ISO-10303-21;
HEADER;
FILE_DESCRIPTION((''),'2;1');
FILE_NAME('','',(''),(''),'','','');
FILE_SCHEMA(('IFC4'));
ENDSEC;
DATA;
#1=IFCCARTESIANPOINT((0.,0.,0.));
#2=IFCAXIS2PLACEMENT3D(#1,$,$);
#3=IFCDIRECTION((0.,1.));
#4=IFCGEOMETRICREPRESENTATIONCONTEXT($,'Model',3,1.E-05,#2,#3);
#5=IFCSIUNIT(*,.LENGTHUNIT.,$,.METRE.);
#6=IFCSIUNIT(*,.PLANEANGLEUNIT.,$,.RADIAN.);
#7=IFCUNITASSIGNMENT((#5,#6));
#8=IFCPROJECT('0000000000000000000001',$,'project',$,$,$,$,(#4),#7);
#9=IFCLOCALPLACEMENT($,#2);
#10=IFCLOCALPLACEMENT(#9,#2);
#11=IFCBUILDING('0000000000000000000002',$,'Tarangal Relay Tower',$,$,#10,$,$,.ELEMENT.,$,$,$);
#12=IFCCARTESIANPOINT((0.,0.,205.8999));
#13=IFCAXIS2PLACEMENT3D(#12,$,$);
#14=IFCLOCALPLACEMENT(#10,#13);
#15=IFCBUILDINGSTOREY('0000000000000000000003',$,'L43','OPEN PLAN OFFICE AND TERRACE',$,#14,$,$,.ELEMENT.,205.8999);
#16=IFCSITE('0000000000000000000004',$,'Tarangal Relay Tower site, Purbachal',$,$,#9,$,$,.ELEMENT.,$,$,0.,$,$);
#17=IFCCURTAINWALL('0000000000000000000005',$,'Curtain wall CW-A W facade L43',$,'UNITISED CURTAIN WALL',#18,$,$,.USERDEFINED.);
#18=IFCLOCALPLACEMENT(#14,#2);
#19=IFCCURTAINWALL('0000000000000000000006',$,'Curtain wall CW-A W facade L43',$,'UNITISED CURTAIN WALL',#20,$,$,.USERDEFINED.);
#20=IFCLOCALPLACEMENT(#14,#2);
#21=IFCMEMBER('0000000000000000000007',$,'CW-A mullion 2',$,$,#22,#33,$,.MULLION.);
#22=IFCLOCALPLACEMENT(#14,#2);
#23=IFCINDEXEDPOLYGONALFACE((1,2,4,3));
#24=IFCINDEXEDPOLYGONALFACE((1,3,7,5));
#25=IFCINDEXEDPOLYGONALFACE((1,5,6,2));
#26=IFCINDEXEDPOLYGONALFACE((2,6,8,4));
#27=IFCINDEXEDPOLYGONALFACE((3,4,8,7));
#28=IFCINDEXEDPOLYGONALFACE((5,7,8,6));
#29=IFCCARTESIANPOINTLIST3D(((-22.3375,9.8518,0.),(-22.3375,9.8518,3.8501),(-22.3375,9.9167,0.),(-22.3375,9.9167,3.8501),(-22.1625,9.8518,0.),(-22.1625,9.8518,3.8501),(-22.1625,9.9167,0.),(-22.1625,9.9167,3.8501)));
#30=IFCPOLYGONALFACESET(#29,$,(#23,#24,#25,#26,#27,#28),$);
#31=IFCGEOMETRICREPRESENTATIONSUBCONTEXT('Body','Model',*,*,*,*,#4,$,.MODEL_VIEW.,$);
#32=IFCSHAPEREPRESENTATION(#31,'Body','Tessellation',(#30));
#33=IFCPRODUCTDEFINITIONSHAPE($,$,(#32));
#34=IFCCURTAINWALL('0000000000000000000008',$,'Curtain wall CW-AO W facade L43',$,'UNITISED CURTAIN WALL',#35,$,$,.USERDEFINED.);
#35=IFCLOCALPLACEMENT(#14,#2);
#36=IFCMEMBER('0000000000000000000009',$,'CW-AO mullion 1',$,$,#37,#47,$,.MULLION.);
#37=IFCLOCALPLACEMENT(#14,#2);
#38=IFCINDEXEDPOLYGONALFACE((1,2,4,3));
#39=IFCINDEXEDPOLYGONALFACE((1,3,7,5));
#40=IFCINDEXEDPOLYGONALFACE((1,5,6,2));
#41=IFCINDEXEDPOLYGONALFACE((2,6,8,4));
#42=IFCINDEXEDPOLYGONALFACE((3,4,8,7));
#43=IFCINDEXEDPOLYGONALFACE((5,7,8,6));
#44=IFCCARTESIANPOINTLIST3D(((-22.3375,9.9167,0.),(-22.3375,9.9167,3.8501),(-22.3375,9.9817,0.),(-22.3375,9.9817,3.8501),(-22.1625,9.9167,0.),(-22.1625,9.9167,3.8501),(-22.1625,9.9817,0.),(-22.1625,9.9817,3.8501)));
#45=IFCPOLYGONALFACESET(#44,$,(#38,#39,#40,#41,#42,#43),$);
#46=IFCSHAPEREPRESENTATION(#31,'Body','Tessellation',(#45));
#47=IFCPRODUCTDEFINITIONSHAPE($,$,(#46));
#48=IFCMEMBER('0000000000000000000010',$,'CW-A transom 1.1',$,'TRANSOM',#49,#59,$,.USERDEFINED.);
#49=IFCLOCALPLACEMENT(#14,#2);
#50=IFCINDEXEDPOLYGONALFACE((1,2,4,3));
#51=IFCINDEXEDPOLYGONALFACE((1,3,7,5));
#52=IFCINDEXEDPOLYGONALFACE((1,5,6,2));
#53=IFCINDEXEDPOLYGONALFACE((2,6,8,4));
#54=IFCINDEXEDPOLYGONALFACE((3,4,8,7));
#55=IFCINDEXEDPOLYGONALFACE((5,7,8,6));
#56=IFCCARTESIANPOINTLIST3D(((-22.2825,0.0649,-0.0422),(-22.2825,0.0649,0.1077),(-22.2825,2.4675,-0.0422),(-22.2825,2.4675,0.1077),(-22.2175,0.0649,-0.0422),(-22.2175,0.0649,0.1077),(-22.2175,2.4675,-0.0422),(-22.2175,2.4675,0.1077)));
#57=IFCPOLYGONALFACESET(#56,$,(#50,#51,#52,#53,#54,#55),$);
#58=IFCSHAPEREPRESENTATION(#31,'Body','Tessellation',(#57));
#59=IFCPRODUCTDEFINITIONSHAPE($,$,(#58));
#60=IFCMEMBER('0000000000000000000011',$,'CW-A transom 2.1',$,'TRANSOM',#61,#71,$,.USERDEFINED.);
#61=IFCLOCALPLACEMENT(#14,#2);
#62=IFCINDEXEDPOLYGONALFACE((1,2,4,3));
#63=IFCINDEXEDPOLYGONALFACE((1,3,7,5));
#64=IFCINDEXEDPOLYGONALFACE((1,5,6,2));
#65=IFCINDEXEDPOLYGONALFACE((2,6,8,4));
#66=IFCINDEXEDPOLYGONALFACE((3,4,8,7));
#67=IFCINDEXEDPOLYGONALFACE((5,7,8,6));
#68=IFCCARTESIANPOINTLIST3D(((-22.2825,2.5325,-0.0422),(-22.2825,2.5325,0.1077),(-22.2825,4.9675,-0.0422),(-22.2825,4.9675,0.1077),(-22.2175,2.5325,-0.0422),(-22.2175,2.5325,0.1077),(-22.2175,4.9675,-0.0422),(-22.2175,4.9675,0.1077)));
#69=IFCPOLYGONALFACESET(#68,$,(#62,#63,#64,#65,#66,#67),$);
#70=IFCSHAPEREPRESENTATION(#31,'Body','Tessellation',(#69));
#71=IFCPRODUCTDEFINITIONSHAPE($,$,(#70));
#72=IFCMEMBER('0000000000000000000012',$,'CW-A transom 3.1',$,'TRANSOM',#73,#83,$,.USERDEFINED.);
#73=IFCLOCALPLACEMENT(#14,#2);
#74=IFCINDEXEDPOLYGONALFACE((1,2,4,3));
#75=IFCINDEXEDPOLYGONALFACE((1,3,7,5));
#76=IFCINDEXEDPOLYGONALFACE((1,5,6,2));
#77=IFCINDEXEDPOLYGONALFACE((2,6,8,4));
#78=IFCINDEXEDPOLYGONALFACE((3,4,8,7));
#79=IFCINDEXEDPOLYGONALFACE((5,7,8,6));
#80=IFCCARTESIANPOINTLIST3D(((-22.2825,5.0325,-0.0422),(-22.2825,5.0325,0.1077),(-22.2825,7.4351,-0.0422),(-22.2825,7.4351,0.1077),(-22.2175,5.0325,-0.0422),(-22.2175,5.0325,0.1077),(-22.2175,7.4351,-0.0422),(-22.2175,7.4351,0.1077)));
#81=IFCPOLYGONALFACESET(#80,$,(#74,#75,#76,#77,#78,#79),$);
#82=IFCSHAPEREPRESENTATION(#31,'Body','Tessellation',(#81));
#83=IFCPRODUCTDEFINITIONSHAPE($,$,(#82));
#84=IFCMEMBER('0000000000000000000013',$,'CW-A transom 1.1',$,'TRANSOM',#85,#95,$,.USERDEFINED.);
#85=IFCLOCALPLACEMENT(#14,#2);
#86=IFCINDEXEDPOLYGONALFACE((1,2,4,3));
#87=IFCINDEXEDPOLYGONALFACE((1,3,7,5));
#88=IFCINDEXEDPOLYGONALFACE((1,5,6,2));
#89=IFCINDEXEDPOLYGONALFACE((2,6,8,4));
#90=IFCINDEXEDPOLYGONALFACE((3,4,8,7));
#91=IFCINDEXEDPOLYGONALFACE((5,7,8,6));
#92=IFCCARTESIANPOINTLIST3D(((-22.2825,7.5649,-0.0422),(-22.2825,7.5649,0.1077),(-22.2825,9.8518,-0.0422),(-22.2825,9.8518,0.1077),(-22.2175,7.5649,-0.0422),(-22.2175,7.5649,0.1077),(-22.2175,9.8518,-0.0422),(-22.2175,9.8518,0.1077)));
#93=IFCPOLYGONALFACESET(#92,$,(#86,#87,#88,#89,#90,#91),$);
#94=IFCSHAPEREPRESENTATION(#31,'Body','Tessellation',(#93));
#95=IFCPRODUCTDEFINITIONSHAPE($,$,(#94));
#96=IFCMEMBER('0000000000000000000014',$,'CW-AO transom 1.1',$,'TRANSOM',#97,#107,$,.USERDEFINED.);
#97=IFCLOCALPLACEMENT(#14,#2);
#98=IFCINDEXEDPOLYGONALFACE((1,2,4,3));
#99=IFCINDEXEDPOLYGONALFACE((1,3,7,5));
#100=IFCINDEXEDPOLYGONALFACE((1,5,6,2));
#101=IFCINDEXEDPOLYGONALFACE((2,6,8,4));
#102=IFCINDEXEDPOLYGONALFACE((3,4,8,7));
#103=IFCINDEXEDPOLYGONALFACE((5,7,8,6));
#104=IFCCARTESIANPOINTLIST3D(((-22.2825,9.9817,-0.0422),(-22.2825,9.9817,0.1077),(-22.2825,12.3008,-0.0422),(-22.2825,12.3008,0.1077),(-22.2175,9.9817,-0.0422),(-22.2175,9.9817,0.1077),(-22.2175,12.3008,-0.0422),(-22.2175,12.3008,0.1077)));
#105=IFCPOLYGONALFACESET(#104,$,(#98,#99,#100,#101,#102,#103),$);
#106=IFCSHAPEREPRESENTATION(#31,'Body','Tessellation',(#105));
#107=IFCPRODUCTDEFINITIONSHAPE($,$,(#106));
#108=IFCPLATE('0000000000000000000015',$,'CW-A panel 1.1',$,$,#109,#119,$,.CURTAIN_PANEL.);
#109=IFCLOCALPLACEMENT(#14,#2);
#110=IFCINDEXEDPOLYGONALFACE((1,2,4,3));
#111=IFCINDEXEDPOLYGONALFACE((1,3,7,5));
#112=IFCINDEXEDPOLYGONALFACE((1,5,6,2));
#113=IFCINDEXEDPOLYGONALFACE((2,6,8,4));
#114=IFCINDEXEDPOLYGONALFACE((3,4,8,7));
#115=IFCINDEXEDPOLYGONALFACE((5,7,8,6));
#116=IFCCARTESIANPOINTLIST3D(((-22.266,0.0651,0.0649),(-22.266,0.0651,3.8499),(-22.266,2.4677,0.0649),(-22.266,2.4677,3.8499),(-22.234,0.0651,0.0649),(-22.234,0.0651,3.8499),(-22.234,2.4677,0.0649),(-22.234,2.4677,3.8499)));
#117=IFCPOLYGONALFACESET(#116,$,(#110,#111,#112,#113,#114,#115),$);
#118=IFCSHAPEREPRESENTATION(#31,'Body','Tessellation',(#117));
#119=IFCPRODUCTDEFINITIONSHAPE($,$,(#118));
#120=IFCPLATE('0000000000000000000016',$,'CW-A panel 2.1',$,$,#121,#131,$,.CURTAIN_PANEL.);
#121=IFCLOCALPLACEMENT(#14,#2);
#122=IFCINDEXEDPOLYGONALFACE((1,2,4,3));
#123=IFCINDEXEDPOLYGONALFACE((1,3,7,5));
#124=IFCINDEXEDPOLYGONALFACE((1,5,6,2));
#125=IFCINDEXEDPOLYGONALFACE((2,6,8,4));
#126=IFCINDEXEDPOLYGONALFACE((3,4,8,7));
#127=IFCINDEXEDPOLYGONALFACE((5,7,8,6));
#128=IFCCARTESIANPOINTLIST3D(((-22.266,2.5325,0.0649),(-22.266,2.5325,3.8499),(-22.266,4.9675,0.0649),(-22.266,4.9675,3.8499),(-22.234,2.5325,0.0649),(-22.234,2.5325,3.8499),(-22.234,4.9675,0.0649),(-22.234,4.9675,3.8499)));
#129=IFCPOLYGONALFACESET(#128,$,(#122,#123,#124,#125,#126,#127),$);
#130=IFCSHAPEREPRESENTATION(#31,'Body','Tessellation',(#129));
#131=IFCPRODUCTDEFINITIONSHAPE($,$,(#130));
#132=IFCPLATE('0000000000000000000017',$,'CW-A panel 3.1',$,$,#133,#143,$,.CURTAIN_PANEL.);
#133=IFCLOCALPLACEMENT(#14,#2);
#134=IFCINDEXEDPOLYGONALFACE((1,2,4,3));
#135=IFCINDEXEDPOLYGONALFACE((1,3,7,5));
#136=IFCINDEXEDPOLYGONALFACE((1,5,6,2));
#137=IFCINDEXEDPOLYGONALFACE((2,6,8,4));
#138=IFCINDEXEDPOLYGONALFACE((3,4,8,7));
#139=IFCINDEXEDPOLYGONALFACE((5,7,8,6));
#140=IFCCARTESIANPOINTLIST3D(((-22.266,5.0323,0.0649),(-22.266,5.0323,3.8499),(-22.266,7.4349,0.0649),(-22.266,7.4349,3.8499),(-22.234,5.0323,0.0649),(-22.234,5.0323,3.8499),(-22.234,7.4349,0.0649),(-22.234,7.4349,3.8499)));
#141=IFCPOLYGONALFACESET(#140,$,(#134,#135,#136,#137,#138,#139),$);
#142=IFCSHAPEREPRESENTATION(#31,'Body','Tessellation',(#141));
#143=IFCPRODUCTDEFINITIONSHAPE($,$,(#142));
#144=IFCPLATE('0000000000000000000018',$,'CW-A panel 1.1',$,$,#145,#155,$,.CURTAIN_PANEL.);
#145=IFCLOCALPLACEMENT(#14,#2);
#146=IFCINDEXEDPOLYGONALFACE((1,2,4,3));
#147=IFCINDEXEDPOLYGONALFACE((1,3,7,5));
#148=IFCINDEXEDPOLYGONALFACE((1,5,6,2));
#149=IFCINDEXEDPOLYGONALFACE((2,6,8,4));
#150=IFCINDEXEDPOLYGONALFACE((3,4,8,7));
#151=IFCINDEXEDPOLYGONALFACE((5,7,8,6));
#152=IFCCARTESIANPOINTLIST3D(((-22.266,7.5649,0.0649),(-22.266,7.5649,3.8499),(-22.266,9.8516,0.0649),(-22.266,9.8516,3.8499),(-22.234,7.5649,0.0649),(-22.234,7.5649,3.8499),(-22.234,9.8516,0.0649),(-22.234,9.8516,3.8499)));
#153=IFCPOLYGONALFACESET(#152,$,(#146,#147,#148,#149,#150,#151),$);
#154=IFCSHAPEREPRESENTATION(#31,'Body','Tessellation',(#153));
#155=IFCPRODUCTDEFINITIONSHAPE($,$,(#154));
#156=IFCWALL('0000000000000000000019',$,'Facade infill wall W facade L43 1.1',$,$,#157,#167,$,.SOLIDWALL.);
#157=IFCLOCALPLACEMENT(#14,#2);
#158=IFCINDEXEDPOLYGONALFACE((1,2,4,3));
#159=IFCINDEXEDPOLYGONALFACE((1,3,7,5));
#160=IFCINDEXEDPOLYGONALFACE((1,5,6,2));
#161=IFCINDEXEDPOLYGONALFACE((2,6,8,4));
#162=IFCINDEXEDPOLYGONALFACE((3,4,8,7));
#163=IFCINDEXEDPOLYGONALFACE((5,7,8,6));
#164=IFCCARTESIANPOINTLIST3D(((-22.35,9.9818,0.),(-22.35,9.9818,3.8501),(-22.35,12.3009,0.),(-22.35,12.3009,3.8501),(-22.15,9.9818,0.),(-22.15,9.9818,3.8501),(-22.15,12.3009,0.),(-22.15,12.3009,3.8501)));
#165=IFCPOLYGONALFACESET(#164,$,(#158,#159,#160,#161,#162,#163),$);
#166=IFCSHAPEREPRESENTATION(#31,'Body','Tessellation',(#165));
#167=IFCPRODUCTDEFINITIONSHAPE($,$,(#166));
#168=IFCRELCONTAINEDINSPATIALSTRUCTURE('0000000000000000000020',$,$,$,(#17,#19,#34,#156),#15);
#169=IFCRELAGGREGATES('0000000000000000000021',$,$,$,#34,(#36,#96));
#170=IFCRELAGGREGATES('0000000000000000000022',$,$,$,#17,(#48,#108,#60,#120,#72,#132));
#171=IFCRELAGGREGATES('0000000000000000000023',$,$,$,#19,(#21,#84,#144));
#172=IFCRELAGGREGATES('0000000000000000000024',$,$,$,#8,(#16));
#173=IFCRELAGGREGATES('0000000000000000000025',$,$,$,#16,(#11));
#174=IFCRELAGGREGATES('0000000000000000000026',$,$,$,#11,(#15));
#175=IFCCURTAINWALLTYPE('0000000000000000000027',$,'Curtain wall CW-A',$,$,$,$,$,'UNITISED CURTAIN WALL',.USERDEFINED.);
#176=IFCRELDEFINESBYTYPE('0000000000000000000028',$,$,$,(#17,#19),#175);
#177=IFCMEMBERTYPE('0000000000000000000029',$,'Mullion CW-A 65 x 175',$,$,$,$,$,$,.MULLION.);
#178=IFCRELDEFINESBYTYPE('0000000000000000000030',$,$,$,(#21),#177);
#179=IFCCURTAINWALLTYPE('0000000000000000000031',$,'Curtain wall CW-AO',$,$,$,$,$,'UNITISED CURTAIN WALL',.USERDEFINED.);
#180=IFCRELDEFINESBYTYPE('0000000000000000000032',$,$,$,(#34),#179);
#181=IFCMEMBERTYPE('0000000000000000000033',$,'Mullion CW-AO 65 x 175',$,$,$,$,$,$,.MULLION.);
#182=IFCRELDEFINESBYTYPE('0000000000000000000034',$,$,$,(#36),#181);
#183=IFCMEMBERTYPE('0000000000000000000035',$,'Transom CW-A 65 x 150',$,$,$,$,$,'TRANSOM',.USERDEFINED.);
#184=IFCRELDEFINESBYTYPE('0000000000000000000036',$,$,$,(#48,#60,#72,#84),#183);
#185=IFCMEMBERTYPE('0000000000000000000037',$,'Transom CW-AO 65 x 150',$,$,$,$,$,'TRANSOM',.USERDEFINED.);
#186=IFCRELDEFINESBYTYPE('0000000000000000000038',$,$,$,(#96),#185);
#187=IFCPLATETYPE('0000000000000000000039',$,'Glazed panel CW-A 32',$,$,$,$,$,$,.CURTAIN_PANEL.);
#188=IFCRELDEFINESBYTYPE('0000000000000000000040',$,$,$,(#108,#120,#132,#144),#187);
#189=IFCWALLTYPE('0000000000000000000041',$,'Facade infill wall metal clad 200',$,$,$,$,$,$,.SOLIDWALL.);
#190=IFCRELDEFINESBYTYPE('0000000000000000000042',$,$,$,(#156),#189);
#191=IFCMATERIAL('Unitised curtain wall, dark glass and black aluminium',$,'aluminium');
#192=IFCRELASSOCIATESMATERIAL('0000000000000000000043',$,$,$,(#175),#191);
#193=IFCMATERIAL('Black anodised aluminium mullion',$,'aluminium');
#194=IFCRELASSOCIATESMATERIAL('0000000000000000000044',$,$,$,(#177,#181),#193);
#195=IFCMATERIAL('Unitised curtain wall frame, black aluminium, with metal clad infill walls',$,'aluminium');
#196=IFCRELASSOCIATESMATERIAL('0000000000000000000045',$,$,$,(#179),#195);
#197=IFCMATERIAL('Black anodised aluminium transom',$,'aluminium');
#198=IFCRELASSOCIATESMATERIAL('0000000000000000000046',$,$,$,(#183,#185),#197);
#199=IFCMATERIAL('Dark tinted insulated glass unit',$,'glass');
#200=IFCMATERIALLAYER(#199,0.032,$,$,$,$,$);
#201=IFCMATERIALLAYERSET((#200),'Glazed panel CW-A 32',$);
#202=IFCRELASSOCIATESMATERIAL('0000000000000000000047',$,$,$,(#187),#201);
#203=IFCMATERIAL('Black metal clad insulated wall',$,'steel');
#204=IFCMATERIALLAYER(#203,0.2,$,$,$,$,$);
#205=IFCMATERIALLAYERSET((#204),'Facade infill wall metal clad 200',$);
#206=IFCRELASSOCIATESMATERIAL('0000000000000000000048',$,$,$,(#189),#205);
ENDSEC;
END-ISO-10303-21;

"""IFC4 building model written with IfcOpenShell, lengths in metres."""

from ifc_helpers import new_model, si_unit, direction, frame, frame_2d, origin, origin_2d, place, context, subcontext, project, spatial, rectangle, extrude, material, layer, layer_set, material_profile, profile_set, type_object, element, aggregate, save


model = new_model("IFC4")

# Units and contexts
model_context = context("Model", 3, precision=1e-05, world=origin(), true_north=direction((0.0, 1.0)))
body_context = subcontext(model_context, "Body", "Model", "MODEL_VIEW")
ifc_project = project(units=[si_unit("LENGTHUNIT", "METRE"), si_unit("PLANEANGLEUNIT", "RADIAN")], contexts=[model_context])

# Site, building, storey
site_placement = place(None, origin())
site = spatial("IfcSite", under=ifc_project, at=site_placement, Name="Tarangal Relay Tower site, Purbachal", CompositionType="ELEMENT", RefElevation=0.0)
building_placement = place(site_placement, origin())
building = spatial("IfcBuilding", under=site, at=building_placement, Name="Tarangal Relay Tower", CompositionType="ELEMENT")
storey_placement = place(building_placement, frame((0.0, 0.0, 205.8999)))
storey = spatial("IfcBuildingStorey", under=building, at=storey_placement, Name="L43", Description="OPEN PLAN OFFICE AND TERRACE", CompositionType="ELEMENT", Elevation=205.8999)

# Curtain walls, member
ifc_material_1 = material(Name="Unitised curtain wall, dark glass and black aluminium", Category="aluminium")
curtain_wall_type_1 = type_object("IfcCurtainWallType", Name="Curtain wall CW-A", ElementType="UNITISED CURTAIN WALL", PredefinedType="USERDEFINED", material=ifc_material_1)
curtain_wall_1_placement = place(storey_placement, origin())
curtain_wall_1 = element("IfcCurtainWall", 1, at=curtain_wall_1_placement, inside=storey, type_object=curtain_wall_type_1, Name="Curtain wall CW-A W facade L43", ObjectType="UNITISED CURTAIN WALL", PredefinedType="USERDEFINED")
ifc_material_2 = material(Name="Black anodised aluminium mullion", Category="aluminium")
ifc_material_profile_1 = material_profile(ifc_material_2, rectangle(XDim=0.175, YDim=0.0649, at=origin_2d()), Name="CW-AM 65X175")
ifc_profile_set_1 = profile_set([ifc_material_profile_1], Name="Black anodised aluminium mullion")
member_type_1 = type_object("IfcMemberType", Name="Mullion CW-A 65 x 175", PredefinedType="MULLION", material=ifc_profile_set_1)
curtain_wall_2_placement = place(storey_placement, origin())
curtain_wall_2 = element("IfcCurtainWall", 2, at=curtain_wall_2_placement, inside=storey, type_object=curtain_wall_type_1, Name="Curtain wall CW-A W facade L43", ObjectType="UNITISED CURTAIN WALL", PredefinedType="USERDEFINED")
member_1_placement = place(storey_placement, frame((-22.25, 9.8843, 0.0), z_axis=(0.0, 0.0, 1.0), x_axis=(-1.0, 0.0, 0.0)))
member_1 = element("IfcMember", 3, at=member_1_placement, type_object=member_type_1, Name="CW-A mullion 2", PredefinedType="MULLION", context=body_context, shape_type="SweptSolid", body=[
    extrude(rectangle(XDim=0.175, YDim=0.0649, at=origin_2d()), origin(), (0.0, 0.0, 1.0), 3.8501),
])

# Curtain wall, member
ifc_material_3 = material(Name="Unitised curtain wall frame, black aluminium, with metal clad infill walls", Category="aluminium")
curtain_wall_type_2 = type_object("IfcCurtainWallType", Name="Curtain wall CW-AO", ElementType="UNITISED CURTAIN WALL", PredefinedType="USERDEFINED", material=ifc_material_3)
curtain_wall_3_placement = place(storey_placement, origin())
curtain_wall_3 = element("IfcCurtainWall", 4, at=curtain_wall_3_placement, inside=storey, type_object=curtain_wall_type_2, Name="Curtain wall CW-AO W facade L43", ObjectType="UNITISED CURTAIN WALL", PredefinedType="USERDEFINED")
ifc_material_profile_2 = material_profile(ifc_material_2, rectangle(XDim=0.175, YDim=0.0649, at=origin_2d()), Name="CW-AOM 65X175")
ifc_profile_set_2 = profile_set([ifc_material_profile_2], Name="Black anodised aluminium mullion")
member_type_2 = type_object("IfcMemberType", Name="Mullion CW-AO 65 x 175", PredefinedType="MULLION", material=ifc_profile_set_2)
member_2_placement = place(storey_placement, frame((-22.25, 9.9492, 0.0), z_axis=(0.0, 0.0, 1.0), x_axis=(-1.0, 0.0, 0.0)))
member_2 = element("IfcMember", 5, at=member_2_placement, type_object=member_type_2, Name="CW-AO mullion 1", PredefinedType="MULLION", context=body_context, shape_type="SweptSolid", body=[
    extrude(rectangle(XDim=0.175, YDim=0.0649, at=origin_2d()), origin(), (0.0, 0.0, 1.0), 3.8501),
])

# Members
ifc_material_4 = material(Name="Black anodised aluminium transom", Category="aluminium")
ifc_material_profile_3 = material_profile(ifc_material_4, rectangle(XDim=0.0649, YDim=0.1499, at=origin_2d()), Name="CW-AT 65X150")
ifc_profile_set_3 = profile_set([ifc_material_profile_3], Name="Black anodised aluminium transom")
member_type_3 = type_object("IfcMemberType", Name="Transom CW-A 65 x 150", ElementType="TRANSOM", PredefinedType="USERDEFINED", material=ifc_profile_set_3)
member_3_placement = place(storey_placement, frame((-22.25, 0.0649, 0.0327), z_axis=(0.0, 1.0, 0.0), x_axis=(-1.0, 0.0, 0.0)))
member_3 = element("IfcMember", 6, at=member_3_placement, type_object=member_type_3, Name="CW-A transom 1.1", ObjectType="TRANSOM", PredefinedType="USERDEFINED", context=body_context, shape_type="SweptSolid", body=[
    extrude(rectangle(XDim=0.0649, YDim=0.1499, at=origin_2d()), origin(), (0.0, 0.0, 1.0), 2.4026),
])
member_4_placement = place(storey_placement, frame((-22.25, 2.5325, 0.0327), z_axis=(0.0, 1.0, 0.0), x_axis=(-1.0, 0.0, 0.0)))
member_4 = element("IfcMember", 7, at=member_4_placement, type_object=member_type_3, Name="CW-A transom 2.1", ObjectType="TRANSOM", PredefinedType="USERDEFINED", context=body_context, shape_type="SweptSolid", body=[
    extrude(rectangle(XDim=0.0649, YDim=0.1499, at=origin_2d()), origin(), (0.0, 0.0, 1.0), 2.4351),
])
member_5_placement = place(storey_placement, frame((-22.25, 5.0325, 0.0327), z_axis=(0.0, 1.0, 0.0), x_axis=(-1.0, 0.0, 0.0)))
member_5 = element("IfcMember", 8, at=member_5_placement, type_object=member_type_3, Name="CW-A transom 3.1", ObjectType="TRANSOM", PredefinedType="USERDEFINED", context=body_context, shape_type="SweptSolid", body=[
    extrude(rectangle(XDim=0.0649, YDim=0.1499, at=origin_2d()), origin(), (0.0, 0.0, 1.0), 2.4026),
])
member_6_placement = place(storey_placement, frame((-22.25, 7.5649, 0.0327), z_axis=(0.0, 1.0, 0.0), x_axis=(-1.0, 0.0, 0.0)))
member_6 = element("IfcMember", 9, at=member_6_placement, type_object=member_type_3, Name="CW-A transom 1.1", ObjectType="TRANSOM", PredefinedType="USERDEFINED", context=body_context, shape_type="SweptSolid", body=[
    extrude(rectangle(XDim=0.0649, YDim=0.1499, at=origin_2d()), origin(), (0.0, 0.0, 1.0), 2.2869),
])
ifc_material_profile_4 = material_profile(ifc_material_4, rectangle(XDim=0.0649, YDim=0.1499, at=origin_2d()), Name="CW-AOT 65X150")
ifc_profile_set_4 = profile_set([ifc_material_profile_4], Name="Black anodised aluminium transom")
member_type_4 = type_object("IfcMemberType", Name="Transom CW-AO 65 x 150", ElementType="TRANSOM", PredefinedType="USERDEFINED", material=ifc_profile_set_4)
member_7_placement = place(storey_placement, frame((-22.25, 9.9817, 0.0327), z_axis=(0.0, 1.0, 0.0), x_axis=(-1.0, 0.0, 0.0)))
member_7 = element("IfcMember", 10, at=member_7_placement, type_object=member_type_4, Name="CW-AO transom 1.1", ObjectType="TRANSOM", PredefinedType="USERDEFINED", context=body_context, shape_type="SweptSolid", body=[
    extrude(rectangle(XDim=0.0649, YDim=0.1499, at=origin_2d()), origin(), (0.0, 0.0, 1.0), 2.3191),
])
aggregate(curtain_wall_3, [member_2, member_7])

# Plates
ifc_material_5 = material(Name="Dark tinted insulated glass unit", Category="glass")
ifc_layer_1 = layer(ifc_material_5, 0.032)
ifc_layer_set_1 = layer_set([ifc_layer_1], Name="Glazed panel CW-A 32")
plate_type = type_object("IfcPlateType", Name="Glazed panel CW-A 32", PredefinedType="CURTAIN_PANEL", material=ifc_layer_set_1)
plate_1_placement = place(storey_placement, frame((-22.25, 1.2664, 0.0649), z_axis=(0.0, 0.0, 1.0), x_axis=(0.0, 1.0, 0.0)))
plate_1 = element("IfcPlate", 11, at=plate_1_placement, type_object=plate_type, Name="CW-A panel 1.1", PredefinedType="CURTAIN_PANEL", context=body_context, shape_type="SweptSolid", body=[
    extrude(rectangle(XDim=2.4026, YDim=0.032, at=origin_2d()), origin(), (0.0, 0.0, 1.0), 3.7849),
])
plate_2_placement = place(storey_placement, frame((-22.25, 3.75, 0.0649), z_axis=(0.0, 0.0, 1.0), x_axis=(0.0, 1.0, 0.0)))
plate_2 = element("IfcPlate", 12, at=plate_2_placement, type_object=plate_type, Name="CW-A panel 2.1", PredefinedType="CURTAIN_PANEL", context=body_context, shape_type="SweptSolid", body=[
    extrude(rectangle(XDim=2.4351, YDim=0.032, at=origin_2d()), origin(), (0.0, 0.0, 1.0), 3.7849),
])
plate_3_placement = place(storey_placement, frame((-22.25, 6.2336, 0.0649), z_axis=(0.0, 0.0, 1.0), x_axis=(0.0, 1.0, 0.0)))
plate_3 = element("IfcPlate", 13, at=plate_3_placement, type_object=plate_type, Name="CW-A panel 3.1", PredefinedType="CURTAIN_PANEL", context=body_context, shape_type="SweptSolid", body=[
    extrude(rectangle(XDim=2.4026, YDim=0.032, at=origin_2d()), origin(), (0.0, 0.0, 1.0), 3.7849),
])
aggregate(curtain_wall_1, [member_3, plate_1, member_4, plate_2, member_5, plate_3])
plate_4_placement = place(storey_placement, frame((-22.25, 8.7083, 0.0649), z_axis=(0.0, 0.0, 1.0), x_axis=(0.0, 1.0, 0.0)))
plate_4 = element("IfcPlate", 14, at=plate_4_placement, type_object=plate_type, Name="CW-A panel 1.1", PredefinedType="CURTAIN_PANEL", context=body_context, shape_type="SweptSolid", body=[
    extrude(rectangle(XDim=2.2866, YDim=0.032, at=origin_2d()), origin(), (0.0, 0.0, 1.0), 3.7849),
])
aggregate(curtain_wall_2, [member_1, member_6, plate_4])

# Wall
ifc_material_6 = material(Name="Black metal clad insulated wall", Category="steel")
ifc_layer_2 = layer(ifc_material_6, 0.2)
ifc_layer_set_2 = layer_set([ifc_layer_2], Name="Facade infill wall metal clad 200")
wall_type_1 = type_object("IfcWallType", Name="Facade infill wall metal clad 200", PredefinedType="SOLIDWALL", material=ifc_layer_set_2)
wall_1_placement = place(storey_placement, frame((-22.25, 9.9817, 0.0), z_axis=(0.0, 0.0, 1.0), x_axis=(0.0, 1.0, 0.0)))
element("IfcWall", 15, at=wall_1_placement, inside=storey, type_object=wall_type_1, Name="Facade infill wall W facade L43 1.1", PredefinedType="SOLIDWALL", context=body_context, shape_type="SweptSolid", body=[
    extrude(rectangle(XDim=2.3191, YDim=0.2, at=frame_2d((1.1597, 0.0))), origin(), (0.0, 0.0, 1.0), 3.8501),
])

save(model, "model.ifc")
